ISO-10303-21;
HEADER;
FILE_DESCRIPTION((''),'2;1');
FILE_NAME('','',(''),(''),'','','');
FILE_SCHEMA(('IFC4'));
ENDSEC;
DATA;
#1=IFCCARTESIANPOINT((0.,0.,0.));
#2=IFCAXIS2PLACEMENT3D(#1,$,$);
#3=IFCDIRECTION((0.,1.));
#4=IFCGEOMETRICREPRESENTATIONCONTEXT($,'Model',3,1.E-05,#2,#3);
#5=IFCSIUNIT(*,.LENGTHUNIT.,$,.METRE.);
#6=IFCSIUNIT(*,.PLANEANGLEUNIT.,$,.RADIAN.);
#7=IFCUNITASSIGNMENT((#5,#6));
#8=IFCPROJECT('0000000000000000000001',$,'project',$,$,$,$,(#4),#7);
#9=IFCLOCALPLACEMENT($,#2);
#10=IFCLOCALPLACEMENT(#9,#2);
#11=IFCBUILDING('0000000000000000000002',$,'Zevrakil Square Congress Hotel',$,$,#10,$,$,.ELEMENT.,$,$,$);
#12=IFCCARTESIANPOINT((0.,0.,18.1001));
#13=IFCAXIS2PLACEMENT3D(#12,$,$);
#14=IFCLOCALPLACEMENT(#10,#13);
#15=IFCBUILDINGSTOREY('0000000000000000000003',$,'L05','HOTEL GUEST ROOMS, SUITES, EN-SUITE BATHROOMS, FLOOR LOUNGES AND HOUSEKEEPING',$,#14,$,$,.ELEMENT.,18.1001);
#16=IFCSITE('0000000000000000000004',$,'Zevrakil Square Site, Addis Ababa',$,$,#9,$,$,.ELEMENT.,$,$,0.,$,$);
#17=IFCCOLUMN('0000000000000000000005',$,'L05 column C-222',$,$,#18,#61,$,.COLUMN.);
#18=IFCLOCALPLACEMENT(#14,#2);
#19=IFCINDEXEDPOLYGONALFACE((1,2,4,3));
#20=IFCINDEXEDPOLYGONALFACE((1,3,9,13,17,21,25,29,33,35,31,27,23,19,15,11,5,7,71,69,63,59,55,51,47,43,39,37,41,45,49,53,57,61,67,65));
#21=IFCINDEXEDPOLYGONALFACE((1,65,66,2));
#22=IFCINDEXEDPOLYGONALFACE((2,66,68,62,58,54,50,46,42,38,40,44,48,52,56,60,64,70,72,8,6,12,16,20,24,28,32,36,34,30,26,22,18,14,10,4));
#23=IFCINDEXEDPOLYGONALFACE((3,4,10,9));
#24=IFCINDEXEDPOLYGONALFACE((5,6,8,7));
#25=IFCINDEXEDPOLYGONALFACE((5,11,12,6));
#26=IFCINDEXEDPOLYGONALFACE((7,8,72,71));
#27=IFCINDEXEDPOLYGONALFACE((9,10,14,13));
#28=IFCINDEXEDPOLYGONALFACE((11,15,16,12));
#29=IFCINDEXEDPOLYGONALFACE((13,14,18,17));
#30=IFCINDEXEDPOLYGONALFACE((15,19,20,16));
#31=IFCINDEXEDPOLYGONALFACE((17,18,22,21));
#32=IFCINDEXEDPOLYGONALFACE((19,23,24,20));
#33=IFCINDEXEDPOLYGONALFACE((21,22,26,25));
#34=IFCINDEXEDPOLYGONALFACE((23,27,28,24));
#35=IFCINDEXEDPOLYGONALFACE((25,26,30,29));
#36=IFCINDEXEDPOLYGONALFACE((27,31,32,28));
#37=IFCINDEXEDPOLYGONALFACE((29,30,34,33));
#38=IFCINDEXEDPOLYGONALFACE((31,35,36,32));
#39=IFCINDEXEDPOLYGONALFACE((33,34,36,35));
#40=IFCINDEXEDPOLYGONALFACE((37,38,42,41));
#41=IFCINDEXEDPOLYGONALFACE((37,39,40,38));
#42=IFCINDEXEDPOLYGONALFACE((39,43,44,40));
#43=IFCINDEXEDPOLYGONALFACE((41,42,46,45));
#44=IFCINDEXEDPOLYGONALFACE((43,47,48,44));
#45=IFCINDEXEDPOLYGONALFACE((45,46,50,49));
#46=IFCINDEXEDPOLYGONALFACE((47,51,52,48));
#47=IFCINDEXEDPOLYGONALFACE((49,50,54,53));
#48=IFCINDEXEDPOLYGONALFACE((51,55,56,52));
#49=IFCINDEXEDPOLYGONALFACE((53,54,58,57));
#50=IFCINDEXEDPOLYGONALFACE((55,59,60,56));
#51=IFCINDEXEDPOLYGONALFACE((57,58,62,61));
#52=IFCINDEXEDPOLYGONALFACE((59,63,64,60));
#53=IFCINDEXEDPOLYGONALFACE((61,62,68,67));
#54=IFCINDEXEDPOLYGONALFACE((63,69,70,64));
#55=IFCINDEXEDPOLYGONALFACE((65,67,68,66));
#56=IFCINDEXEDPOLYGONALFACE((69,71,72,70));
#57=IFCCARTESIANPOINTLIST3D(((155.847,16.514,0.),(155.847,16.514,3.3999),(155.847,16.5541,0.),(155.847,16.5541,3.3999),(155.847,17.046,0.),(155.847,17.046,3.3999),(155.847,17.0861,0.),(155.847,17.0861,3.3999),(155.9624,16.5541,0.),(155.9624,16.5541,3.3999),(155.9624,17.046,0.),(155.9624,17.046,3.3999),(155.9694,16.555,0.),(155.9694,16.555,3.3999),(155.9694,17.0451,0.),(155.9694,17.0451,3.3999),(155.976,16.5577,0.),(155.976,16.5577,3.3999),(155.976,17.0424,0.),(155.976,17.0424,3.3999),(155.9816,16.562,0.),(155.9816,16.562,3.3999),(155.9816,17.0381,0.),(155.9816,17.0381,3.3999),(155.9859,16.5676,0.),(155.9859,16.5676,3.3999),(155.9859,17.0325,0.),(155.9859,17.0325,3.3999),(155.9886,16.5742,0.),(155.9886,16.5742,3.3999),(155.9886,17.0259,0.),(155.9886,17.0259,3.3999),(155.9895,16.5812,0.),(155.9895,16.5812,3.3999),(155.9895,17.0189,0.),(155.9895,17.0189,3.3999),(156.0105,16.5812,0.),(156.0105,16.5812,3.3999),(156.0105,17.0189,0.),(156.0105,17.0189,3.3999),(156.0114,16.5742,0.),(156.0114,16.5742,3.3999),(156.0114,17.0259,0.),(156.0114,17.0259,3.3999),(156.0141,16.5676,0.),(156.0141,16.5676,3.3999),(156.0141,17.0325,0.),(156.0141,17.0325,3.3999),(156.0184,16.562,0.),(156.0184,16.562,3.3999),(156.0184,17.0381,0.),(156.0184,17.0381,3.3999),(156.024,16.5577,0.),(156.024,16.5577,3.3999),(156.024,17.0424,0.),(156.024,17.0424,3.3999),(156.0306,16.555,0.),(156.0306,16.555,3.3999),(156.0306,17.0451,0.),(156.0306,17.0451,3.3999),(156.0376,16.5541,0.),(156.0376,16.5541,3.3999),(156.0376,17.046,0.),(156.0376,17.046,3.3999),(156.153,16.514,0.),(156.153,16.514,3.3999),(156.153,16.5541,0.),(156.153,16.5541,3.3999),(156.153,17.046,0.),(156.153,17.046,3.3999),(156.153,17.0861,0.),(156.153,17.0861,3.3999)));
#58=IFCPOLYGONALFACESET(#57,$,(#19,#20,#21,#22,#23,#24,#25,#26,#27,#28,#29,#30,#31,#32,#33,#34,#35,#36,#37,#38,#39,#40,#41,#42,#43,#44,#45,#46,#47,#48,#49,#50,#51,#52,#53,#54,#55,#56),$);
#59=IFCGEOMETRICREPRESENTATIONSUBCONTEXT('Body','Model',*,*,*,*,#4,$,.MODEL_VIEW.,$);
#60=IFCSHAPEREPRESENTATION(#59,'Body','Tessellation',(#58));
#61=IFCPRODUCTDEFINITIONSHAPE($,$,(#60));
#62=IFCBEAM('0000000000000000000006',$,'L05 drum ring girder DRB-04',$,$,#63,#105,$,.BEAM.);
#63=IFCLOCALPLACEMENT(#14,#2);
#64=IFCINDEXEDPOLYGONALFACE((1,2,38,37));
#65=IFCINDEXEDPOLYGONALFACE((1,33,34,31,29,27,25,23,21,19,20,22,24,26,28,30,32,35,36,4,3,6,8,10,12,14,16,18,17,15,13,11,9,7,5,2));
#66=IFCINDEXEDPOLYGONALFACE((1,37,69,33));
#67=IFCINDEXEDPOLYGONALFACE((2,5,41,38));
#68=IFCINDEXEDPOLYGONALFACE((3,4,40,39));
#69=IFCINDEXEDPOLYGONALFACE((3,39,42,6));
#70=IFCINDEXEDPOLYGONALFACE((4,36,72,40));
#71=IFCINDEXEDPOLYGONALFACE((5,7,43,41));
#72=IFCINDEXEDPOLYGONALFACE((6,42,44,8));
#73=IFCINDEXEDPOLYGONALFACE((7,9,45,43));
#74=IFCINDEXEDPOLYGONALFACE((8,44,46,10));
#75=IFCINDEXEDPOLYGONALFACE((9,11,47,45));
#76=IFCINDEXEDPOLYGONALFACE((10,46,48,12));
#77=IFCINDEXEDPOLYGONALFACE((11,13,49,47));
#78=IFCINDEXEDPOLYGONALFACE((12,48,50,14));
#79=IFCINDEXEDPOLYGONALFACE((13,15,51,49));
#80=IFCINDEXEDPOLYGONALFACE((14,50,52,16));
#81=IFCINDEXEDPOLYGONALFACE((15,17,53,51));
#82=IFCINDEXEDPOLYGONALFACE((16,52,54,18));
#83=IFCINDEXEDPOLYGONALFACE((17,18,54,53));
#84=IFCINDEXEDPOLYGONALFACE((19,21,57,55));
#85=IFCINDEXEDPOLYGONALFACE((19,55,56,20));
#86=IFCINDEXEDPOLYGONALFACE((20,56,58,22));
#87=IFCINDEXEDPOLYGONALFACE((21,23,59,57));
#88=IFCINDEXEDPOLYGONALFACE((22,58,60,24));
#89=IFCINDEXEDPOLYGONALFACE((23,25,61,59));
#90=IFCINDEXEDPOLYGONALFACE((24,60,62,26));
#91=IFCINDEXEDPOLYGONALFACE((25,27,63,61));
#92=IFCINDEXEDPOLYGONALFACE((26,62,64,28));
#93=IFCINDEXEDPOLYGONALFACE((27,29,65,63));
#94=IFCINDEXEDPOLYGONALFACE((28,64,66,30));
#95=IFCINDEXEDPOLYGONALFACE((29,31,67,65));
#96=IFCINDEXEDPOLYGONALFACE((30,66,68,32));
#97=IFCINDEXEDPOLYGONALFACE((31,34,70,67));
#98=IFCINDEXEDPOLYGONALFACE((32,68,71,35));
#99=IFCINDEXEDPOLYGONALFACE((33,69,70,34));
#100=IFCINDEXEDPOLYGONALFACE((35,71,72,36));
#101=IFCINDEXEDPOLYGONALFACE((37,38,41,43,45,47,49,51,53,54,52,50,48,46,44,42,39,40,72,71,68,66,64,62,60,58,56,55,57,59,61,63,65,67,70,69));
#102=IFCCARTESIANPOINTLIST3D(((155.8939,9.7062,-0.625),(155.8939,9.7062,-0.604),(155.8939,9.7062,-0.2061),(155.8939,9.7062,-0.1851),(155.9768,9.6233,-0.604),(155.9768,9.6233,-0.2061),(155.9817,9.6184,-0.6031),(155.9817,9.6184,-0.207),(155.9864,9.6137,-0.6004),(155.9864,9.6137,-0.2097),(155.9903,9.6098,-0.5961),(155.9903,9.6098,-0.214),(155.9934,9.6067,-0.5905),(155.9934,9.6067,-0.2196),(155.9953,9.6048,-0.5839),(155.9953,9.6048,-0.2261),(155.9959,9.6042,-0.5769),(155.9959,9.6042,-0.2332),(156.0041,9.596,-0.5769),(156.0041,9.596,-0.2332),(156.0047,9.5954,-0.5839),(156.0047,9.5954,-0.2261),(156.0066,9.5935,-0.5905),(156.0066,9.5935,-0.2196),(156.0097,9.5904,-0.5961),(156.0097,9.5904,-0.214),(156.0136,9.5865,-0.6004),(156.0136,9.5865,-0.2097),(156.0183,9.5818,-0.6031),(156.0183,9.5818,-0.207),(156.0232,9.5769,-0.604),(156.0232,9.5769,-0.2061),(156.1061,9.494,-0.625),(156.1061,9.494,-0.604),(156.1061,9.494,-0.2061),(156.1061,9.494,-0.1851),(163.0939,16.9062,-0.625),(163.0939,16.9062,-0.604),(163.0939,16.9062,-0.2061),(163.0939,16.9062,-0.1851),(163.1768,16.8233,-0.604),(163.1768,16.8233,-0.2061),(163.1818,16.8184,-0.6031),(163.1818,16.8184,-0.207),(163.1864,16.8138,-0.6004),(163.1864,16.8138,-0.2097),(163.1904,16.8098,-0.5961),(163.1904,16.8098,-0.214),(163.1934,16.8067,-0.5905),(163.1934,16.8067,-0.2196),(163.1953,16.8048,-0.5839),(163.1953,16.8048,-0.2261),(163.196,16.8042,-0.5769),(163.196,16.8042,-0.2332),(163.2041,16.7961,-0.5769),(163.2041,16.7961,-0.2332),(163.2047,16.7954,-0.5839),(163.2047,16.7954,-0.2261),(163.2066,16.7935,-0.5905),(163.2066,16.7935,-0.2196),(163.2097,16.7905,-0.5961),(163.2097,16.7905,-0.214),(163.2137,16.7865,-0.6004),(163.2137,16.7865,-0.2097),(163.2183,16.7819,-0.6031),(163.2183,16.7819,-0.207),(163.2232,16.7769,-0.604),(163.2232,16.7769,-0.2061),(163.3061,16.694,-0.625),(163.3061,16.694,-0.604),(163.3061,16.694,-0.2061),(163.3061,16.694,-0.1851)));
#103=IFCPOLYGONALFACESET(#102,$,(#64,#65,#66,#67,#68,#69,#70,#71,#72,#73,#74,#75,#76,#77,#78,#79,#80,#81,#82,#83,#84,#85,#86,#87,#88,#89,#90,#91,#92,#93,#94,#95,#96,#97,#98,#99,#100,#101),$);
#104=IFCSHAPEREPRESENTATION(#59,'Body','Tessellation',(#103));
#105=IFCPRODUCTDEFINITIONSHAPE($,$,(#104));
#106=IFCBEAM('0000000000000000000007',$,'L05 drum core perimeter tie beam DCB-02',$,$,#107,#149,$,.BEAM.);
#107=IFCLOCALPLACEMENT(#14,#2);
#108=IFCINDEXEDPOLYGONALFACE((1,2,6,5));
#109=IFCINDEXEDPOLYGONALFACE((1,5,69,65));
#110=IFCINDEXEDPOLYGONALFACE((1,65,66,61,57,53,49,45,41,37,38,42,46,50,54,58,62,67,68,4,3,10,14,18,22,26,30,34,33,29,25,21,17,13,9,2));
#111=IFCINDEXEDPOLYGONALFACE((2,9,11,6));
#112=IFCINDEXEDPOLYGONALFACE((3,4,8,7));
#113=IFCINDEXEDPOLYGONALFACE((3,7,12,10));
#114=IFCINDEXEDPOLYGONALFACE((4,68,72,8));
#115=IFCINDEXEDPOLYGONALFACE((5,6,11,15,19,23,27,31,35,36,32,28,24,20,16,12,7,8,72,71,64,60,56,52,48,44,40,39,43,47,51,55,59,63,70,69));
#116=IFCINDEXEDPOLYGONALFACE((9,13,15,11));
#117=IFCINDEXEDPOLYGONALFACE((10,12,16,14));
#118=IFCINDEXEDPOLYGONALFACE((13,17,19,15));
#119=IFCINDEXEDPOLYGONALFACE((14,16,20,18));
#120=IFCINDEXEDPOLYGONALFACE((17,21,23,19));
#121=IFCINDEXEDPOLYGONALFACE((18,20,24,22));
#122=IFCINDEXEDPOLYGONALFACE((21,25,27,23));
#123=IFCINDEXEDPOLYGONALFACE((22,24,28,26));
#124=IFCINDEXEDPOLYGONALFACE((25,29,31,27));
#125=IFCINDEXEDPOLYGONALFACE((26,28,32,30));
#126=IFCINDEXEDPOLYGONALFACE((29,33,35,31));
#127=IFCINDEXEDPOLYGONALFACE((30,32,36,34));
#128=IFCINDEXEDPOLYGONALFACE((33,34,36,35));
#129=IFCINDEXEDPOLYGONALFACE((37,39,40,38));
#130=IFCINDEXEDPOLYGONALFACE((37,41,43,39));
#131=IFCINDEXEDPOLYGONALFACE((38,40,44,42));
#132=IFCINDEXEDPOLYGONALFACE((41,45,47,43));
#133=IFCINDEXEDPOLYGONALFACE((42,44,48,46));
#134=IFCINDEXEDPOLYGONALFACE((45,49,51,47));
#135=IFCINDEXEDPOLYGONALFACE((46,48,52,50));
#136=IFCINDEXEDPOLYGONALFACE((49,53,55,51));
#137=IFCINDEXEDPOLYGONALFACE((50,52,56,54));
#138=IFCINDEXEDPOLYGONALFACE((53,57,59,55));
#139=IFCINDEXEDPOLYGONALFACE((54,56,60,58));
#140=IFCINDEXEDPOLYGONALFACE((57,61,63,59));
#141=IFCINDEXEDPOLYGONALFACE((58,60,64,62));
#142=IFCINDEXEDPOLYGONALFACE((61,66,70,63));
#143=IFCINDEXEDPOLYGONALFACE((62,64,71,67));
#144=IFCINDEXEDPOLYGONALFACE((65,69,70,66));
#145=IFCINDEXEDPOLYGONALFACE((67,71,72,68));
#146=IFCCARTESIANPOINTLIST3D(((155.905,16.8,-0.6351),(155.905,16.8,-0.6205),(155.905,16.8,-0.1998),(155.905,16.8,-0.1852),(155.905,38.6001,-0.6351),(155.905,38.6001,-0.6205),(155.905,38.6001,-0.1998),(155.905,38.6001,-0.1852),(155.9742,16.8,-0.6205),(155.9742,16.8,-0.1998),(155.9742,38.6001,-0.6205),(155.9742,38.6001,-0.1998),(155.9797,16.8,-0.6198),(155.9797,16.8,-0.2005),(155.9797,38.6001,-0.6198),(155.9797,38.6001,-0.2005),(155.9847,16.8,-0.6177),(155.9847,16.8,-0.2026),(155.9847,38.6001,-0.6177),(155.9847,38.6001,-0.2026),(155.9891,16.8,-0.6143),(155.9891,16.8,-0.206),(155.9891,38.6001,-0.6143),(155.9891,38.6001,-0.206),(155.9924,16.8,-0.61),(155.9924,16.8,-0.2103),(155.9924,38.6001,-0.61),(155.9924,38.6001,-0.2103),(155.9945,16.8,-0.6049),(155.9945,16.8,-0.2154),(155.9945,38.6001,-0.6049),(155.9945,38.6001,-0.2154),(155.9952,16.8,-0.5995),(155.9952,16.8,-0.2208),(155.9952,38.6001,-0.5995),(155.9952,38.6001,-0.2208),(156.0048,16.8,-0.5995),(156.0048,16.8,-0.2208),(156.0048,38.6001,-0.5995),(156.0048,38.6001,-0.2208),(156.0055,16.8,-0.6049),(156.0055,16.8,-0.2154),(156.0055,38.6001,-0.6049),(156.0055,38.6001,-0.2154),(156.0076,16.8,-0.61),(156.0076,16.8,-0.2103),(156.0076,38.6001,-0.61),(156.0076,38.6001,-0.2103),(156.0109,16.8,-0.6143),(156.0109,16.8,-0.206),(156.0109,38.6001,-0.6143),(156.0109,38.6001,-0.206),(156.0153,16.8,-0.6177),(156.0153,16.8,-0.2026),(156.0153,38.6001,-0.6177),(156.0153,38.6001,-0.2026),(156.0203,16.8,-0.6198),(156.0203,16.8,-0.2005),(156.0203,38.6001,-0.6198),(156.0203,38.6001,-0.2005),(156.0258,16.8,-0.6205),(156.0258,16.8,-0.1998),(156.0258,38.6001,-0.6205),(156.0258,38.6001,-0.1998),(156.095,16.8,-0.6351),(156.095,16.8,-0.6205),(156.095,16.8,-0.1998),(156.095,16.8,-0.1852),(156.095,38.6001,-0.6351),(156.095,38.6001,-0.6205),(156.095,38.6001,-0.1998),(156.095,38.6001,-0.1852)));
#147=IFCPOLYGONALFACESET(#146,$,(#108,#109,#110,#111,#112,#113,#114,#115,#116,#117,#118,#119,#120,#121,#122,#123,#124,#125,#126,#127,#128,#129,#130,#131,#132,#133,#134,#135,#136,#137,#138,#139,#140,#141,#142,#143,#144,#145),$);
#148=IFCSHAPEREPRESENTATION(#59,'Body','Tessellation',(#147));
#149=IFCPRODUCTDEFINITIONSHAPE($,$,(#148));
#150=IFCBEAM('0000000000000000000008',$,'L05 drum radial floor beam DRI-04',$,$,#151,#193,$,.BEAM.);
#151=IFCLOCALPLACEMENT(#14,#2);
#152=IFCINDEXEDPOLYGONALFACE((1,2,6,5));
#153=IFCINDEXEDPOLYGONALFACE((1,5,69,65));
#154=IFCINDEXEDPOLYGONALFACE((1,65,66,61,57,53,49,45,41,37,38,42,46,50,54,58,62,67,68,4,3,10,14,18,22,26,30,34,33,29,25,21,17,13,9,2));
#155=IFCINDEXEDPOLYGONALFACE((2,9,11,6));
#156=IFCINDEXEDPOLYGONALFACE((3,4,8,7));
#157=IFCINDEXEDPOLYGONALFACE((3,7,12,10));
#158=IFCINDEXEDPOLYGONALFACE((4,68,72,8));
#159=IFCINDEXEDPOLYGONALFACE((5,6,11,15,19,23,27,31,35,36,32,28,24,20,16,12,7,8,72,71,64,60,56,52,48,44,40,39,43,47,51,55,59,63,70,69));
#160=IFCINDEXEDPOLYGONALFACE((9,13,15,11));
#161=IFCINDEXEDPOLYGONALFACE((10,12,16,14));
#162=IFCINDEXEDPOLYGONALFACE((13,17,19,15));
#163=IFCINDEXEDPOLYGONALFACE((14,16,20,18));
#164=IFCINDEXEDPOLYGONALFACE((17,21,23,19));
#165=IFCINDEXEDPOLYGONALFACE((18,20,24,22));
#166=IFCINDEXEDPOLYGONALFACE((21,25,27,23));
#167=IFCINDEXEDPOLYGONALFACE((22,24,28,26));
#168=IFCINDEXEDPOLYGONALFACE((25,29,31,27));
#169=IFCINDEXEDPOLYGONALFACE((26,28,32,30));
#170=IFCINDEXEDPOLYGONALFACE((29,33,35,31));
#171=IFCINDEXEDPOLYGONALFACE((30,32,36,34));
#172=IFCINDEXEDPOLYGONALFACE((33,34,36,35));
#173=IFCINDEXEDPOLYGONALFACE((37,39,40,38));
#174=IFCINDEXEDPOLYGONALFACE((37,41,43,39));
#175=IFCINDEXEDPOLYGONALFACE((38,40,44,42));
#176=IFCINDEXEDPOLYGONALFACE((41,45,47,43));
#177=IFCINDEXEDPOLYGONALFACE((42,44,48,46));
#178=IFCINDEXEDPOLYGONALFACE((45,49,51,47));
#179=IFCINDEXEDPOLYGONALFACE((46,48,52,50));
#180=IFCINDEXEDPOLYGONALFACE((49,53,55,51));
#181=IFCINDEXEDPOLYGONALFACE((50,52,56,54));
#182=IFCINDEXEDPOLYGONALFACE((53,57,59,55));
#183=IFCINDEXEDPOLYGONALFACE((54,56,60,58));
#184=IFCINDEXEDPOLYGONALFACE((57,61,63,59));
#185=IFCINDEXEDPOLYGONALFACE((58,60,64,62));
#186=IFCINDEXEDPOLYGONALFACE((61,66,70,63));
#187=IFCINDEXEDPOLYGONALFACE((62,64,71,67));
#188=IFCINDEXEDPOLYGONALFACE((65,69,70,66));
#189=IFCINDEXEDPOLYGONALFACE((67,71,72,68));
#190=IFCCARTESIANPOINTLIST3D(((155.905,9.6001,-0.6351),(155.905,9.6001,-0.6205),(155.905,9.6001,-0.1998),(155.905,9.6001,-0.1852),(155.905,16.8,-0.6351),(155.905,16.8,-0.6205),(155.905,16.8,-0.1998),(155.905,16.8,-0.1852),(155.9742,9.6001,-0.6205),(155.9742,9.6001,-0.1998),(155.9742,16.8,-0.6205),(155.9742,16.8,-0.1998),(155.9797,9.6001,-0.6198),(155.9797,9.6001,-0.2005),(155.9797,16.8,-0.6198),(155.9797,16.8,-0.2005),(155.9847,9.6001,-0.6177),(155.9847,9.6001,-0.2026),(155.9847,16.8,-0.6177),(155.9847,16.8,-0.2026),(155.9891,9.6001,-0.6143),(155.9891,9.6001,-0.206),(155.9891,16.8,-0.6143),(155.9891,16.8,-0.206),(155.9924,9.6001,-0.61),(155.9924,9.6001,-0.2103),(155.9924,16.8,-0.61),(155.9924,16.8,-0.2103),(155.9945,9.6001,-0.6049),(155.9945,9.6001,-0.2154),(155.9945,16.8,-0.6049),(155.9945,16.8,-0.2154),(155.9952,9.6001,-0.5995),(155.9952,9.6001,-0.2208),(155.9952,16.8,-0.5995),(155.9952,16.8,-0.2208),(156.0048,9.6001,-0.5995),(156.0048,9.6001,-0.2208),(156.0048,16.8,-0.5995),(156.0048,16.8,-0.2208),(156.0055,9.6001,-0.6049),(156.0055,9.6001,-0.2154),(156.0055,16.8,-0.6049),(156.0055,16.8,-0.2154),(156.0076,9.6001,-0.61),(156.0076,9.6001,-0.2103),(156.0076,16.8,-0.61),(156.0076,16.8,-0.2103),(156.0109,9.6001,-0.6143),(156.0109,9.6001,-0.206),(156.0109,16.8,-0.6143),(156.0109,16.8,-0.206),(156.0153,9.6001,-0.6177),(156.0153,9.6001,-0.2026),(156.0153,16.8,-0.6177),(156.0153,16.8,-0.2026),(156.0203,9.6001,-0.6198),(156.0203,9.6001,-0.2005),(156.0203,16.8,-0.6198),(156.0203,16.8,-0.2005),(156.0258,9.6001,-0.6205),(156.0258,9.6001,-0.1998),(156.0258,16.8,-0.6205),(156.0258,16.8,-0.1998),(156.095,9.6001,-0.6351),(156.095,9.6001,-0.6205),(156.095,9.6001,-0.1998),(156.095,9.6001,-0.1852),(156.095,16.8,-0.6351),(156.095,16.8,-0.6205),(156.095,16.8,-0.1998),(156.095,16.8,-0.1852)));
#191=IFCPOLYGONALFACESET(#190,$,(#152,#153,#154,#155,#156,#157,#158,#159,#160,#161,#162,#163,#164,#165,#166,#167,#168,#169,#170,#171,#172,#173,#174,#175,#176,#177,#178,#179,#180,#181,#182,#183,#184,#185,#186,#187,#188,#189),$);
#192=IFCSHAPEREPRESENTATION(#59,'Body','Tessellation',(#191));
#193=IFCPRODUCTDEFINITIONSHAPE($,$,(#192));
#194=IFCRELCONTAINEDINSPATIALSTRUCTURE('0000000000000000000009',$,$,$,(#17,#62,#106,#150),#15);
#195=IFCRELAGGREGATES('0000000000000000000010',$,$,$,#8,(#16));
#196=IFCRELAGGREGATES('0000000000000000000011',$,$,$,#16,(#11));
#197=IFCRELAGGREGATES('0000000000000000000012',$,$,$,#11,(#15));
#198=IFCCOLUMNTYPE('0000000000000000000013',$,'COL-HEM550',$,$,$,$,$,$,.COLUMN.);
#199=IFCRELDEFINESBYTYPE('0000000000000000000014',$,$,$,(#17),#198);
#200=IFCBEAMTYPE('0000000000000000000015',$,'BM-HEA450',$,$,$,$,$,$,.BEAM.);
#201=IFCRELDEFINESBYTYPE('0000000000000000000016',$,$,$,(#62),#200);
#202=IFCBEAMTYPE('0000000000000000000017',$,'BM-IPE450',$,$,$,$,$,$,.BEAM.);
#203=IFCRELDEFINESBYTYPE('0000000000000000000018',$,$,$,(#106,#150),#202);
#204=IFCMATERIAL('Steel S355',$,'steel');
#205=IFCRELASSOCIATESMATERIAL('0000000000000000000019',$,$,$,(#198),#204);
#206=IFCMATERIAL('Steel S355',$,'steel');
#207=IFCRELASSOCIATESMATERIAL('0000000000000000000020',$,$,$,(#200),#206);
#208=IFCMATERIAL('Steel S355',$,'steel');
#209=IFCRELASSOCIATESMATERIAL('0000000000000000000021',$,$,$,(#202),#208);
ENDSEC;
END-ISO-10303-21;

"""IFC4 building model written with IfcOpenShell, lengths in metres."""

from ifc_helpers import new_model, si_unit, direction, frame, origin, origin_2d, place, context, subcontext, project, spatial, i_section, extrude, material, material_profile, profile_set, type_object, element, save


model = new_model("IFC4")

# Units and contexts
model_context = context("Model", 3, precision=1e-05, world=origin(), true_north=direction((0.0, 1.0)))
body_context = subcontext(model_context, "Body", "Model", "MODEL_VIEW")
ifc_project = project(units=[si_unit("LENGTHUNIT", "METRE"), si_unit("PLANEANGLEUNIT", "RADIAN")], contexts=[model_context])

# Site, building, storey
site_placement = place(None, origin())
site = spatial("IfcSite", under=ifc_project, at=site_placement, Name="Zevrakil Square Site, Addis Ababa", CompositionType="ELEMENT", RefElevation=0.0)
building_placement = place(site_placement, origin())
building = spatial("IfcBuilding", under=site, at=building_placement, Name="Zevrakil Square Congress Hotel", CompositionType="ELEMENT")
storey_placement = place(building_placement, frame((0.0, 0.0, 18.1001)))
storey = spatial("IfcBuildingStorey", under=building, at=storey_placement, Name="L05", Description="HOTEL GUEST ROOMS, SUITES, EN-SUITE BATHROOMS, FLOOR LOUNGES AND HOUSEKEEPING", CompositionType="ELEMENT", Elevation=18.1001)

# Column
ifc_material_1 = material(Name="Steel S355", Category="steel")
ifc_material_profile_1 = material_profile(ifc_material_1, i_section(OverallWidth=0.3059, OverallDepth=0.572, WebThickness=0.021, FlangeThickness=0.04, FilletRadius=0.0271, at=origin_2d()), Name="HEM 550")
ifc_profile_set_1 = profile_set([ifc_material_profile_1], Name="Steel S355")
column_type = type_object("IfcColumnType", Name="COL-HEM550", PredefinedType="COLUMN", material=ifc_profile_set_1)
column_placement = place(storey_placement, frame((156.0, 16.8, 0.0), z_axis=(0.0, 0.0, 1.0), x_axis=(1.0, 0.0, 0.0)))
element("IfcColumn", 1, at=column_placement, inside=storey, type_object=column_type, Name="L05 column C-222", PredefinedType="COLUMN", context=body_context, shape_type="SweptSolid", body=[
    extrude(i_section(OverallWidth=0.3059, OverallDepth=0.572, WebThickness=0.021, FlangeThickness=0.04, FilletRadius=0.0271, at=origin_2d()), origin(), (0.0, 0.0, 1.0), 3.3999),
])

# Beams
ifc_material_2 = material(Name="Steel S355", Category="steel")
ifc_material_profile_2 = material_profile(ifc_material_2, i_section(OverallWidth=0.3, OverallDepth=0.4399, WebThickness=0.0115, FlangeThickness=0.021, FilletRadius=0.0271, at=origin_2d()), Name="HEA 450")
ifc_profile_set_2 = profile_set([ifc_material_profile_2], Name="Steel S355")
beam_type_1 = type_object("IfcBeamType", Name="BM-HEA450", PredefinedType="BEAM", material=ifc_profile_set_2)
beam_1_placement = place(storey_placement, frame((156.0, 9.6001, -0.405), z_axis=(0.707107, 0.707107, 0.0), x_axis=(-0.707107, 0.707107, 0.0)))
element("IfcBeam", 2, at=beam_1_placement, inside=storey, type_object=beam_type_1, Name="L05 drum ring girder DRB-04", PredefinedType="BEAM", context=body_context, shape_type="SweptSolid", body=[
    extrude(i_section(OverallWidth=0.3, OverallDepth=0.4399, WebThickness=0.0115, FlangeThickness=0.021, FilletRadius=0.0271, at=origin_2d()), origin(), (0.0, 0.0, 1.0), 10.1824),
])
ifc_material_3 = material(Name="Steel S355", Category="steel")
ifc_material_profile_3 = material_profile(ifc_material_3, i_section(OverallWidth=0.1899, OverallDepth=0.45, WebThickness=0.0095, FlangeThickness=0.0146, FilletRadius=0.021, at=origin_2d()), Name="IPE 450")
ifc_profile_set_3 = profile_set([ifc_material_profile_3], Name="Steel S355")
beam_type_2 = type_object("IfcBeamType", Name="BM-IPE450", PredefinedType="BEAM", material=ifc_profile_set_3)
beam_2_placement = place(storey_placement, frame((156.0, 16.8, -0.4102), z_axis=(0.0, 1.0, 0.0), x_axis=(-1.0, 0.0, 0.0)))
element("IfcBeam", 3, at=beam_2_placement, inside=storey, type_object=beam_type_2, Name="L05 drum core perimeter tie beam DCB-02", PredefinedType="BEAM", context=body_context, shape_type="SweptSolid", body=[
    extrude(i_section(OverallWidth=0.1899, OverallDepth=0.45, WebThickness=0.0095, FlangeThickness=0.0146, FilletRadius=0.021, at=origin_2d()), origin(), (0.0, 0.0, 1.0), 21.8),
])
beam_3_placement = place(storey_placement, frame((156.0, 16.8, -0.4102), z_axis=(0.0, -1.0, 0.0), x_axis=(1.0, 0.0, 0.0)))
element("IfcBeam", 4, at=beam_3_placement, inside=storey, type_object=beam_type_2, Name="L05 drum radial floor beam DRI-04", PredefinedType="BEAM", context=body_context, shape_type="SweptSolid", body=[
    extrude(i_section(OverallWidth=0.1899, OverallDepth=0.45, WebThickness=0.0095, FlangeThickness=0.0146, FilletRadius=0.021, at=origin_2d()), origin(), (0.0, 0.0, 1.0), 7.2),
])

save(model, "model.ifc")
